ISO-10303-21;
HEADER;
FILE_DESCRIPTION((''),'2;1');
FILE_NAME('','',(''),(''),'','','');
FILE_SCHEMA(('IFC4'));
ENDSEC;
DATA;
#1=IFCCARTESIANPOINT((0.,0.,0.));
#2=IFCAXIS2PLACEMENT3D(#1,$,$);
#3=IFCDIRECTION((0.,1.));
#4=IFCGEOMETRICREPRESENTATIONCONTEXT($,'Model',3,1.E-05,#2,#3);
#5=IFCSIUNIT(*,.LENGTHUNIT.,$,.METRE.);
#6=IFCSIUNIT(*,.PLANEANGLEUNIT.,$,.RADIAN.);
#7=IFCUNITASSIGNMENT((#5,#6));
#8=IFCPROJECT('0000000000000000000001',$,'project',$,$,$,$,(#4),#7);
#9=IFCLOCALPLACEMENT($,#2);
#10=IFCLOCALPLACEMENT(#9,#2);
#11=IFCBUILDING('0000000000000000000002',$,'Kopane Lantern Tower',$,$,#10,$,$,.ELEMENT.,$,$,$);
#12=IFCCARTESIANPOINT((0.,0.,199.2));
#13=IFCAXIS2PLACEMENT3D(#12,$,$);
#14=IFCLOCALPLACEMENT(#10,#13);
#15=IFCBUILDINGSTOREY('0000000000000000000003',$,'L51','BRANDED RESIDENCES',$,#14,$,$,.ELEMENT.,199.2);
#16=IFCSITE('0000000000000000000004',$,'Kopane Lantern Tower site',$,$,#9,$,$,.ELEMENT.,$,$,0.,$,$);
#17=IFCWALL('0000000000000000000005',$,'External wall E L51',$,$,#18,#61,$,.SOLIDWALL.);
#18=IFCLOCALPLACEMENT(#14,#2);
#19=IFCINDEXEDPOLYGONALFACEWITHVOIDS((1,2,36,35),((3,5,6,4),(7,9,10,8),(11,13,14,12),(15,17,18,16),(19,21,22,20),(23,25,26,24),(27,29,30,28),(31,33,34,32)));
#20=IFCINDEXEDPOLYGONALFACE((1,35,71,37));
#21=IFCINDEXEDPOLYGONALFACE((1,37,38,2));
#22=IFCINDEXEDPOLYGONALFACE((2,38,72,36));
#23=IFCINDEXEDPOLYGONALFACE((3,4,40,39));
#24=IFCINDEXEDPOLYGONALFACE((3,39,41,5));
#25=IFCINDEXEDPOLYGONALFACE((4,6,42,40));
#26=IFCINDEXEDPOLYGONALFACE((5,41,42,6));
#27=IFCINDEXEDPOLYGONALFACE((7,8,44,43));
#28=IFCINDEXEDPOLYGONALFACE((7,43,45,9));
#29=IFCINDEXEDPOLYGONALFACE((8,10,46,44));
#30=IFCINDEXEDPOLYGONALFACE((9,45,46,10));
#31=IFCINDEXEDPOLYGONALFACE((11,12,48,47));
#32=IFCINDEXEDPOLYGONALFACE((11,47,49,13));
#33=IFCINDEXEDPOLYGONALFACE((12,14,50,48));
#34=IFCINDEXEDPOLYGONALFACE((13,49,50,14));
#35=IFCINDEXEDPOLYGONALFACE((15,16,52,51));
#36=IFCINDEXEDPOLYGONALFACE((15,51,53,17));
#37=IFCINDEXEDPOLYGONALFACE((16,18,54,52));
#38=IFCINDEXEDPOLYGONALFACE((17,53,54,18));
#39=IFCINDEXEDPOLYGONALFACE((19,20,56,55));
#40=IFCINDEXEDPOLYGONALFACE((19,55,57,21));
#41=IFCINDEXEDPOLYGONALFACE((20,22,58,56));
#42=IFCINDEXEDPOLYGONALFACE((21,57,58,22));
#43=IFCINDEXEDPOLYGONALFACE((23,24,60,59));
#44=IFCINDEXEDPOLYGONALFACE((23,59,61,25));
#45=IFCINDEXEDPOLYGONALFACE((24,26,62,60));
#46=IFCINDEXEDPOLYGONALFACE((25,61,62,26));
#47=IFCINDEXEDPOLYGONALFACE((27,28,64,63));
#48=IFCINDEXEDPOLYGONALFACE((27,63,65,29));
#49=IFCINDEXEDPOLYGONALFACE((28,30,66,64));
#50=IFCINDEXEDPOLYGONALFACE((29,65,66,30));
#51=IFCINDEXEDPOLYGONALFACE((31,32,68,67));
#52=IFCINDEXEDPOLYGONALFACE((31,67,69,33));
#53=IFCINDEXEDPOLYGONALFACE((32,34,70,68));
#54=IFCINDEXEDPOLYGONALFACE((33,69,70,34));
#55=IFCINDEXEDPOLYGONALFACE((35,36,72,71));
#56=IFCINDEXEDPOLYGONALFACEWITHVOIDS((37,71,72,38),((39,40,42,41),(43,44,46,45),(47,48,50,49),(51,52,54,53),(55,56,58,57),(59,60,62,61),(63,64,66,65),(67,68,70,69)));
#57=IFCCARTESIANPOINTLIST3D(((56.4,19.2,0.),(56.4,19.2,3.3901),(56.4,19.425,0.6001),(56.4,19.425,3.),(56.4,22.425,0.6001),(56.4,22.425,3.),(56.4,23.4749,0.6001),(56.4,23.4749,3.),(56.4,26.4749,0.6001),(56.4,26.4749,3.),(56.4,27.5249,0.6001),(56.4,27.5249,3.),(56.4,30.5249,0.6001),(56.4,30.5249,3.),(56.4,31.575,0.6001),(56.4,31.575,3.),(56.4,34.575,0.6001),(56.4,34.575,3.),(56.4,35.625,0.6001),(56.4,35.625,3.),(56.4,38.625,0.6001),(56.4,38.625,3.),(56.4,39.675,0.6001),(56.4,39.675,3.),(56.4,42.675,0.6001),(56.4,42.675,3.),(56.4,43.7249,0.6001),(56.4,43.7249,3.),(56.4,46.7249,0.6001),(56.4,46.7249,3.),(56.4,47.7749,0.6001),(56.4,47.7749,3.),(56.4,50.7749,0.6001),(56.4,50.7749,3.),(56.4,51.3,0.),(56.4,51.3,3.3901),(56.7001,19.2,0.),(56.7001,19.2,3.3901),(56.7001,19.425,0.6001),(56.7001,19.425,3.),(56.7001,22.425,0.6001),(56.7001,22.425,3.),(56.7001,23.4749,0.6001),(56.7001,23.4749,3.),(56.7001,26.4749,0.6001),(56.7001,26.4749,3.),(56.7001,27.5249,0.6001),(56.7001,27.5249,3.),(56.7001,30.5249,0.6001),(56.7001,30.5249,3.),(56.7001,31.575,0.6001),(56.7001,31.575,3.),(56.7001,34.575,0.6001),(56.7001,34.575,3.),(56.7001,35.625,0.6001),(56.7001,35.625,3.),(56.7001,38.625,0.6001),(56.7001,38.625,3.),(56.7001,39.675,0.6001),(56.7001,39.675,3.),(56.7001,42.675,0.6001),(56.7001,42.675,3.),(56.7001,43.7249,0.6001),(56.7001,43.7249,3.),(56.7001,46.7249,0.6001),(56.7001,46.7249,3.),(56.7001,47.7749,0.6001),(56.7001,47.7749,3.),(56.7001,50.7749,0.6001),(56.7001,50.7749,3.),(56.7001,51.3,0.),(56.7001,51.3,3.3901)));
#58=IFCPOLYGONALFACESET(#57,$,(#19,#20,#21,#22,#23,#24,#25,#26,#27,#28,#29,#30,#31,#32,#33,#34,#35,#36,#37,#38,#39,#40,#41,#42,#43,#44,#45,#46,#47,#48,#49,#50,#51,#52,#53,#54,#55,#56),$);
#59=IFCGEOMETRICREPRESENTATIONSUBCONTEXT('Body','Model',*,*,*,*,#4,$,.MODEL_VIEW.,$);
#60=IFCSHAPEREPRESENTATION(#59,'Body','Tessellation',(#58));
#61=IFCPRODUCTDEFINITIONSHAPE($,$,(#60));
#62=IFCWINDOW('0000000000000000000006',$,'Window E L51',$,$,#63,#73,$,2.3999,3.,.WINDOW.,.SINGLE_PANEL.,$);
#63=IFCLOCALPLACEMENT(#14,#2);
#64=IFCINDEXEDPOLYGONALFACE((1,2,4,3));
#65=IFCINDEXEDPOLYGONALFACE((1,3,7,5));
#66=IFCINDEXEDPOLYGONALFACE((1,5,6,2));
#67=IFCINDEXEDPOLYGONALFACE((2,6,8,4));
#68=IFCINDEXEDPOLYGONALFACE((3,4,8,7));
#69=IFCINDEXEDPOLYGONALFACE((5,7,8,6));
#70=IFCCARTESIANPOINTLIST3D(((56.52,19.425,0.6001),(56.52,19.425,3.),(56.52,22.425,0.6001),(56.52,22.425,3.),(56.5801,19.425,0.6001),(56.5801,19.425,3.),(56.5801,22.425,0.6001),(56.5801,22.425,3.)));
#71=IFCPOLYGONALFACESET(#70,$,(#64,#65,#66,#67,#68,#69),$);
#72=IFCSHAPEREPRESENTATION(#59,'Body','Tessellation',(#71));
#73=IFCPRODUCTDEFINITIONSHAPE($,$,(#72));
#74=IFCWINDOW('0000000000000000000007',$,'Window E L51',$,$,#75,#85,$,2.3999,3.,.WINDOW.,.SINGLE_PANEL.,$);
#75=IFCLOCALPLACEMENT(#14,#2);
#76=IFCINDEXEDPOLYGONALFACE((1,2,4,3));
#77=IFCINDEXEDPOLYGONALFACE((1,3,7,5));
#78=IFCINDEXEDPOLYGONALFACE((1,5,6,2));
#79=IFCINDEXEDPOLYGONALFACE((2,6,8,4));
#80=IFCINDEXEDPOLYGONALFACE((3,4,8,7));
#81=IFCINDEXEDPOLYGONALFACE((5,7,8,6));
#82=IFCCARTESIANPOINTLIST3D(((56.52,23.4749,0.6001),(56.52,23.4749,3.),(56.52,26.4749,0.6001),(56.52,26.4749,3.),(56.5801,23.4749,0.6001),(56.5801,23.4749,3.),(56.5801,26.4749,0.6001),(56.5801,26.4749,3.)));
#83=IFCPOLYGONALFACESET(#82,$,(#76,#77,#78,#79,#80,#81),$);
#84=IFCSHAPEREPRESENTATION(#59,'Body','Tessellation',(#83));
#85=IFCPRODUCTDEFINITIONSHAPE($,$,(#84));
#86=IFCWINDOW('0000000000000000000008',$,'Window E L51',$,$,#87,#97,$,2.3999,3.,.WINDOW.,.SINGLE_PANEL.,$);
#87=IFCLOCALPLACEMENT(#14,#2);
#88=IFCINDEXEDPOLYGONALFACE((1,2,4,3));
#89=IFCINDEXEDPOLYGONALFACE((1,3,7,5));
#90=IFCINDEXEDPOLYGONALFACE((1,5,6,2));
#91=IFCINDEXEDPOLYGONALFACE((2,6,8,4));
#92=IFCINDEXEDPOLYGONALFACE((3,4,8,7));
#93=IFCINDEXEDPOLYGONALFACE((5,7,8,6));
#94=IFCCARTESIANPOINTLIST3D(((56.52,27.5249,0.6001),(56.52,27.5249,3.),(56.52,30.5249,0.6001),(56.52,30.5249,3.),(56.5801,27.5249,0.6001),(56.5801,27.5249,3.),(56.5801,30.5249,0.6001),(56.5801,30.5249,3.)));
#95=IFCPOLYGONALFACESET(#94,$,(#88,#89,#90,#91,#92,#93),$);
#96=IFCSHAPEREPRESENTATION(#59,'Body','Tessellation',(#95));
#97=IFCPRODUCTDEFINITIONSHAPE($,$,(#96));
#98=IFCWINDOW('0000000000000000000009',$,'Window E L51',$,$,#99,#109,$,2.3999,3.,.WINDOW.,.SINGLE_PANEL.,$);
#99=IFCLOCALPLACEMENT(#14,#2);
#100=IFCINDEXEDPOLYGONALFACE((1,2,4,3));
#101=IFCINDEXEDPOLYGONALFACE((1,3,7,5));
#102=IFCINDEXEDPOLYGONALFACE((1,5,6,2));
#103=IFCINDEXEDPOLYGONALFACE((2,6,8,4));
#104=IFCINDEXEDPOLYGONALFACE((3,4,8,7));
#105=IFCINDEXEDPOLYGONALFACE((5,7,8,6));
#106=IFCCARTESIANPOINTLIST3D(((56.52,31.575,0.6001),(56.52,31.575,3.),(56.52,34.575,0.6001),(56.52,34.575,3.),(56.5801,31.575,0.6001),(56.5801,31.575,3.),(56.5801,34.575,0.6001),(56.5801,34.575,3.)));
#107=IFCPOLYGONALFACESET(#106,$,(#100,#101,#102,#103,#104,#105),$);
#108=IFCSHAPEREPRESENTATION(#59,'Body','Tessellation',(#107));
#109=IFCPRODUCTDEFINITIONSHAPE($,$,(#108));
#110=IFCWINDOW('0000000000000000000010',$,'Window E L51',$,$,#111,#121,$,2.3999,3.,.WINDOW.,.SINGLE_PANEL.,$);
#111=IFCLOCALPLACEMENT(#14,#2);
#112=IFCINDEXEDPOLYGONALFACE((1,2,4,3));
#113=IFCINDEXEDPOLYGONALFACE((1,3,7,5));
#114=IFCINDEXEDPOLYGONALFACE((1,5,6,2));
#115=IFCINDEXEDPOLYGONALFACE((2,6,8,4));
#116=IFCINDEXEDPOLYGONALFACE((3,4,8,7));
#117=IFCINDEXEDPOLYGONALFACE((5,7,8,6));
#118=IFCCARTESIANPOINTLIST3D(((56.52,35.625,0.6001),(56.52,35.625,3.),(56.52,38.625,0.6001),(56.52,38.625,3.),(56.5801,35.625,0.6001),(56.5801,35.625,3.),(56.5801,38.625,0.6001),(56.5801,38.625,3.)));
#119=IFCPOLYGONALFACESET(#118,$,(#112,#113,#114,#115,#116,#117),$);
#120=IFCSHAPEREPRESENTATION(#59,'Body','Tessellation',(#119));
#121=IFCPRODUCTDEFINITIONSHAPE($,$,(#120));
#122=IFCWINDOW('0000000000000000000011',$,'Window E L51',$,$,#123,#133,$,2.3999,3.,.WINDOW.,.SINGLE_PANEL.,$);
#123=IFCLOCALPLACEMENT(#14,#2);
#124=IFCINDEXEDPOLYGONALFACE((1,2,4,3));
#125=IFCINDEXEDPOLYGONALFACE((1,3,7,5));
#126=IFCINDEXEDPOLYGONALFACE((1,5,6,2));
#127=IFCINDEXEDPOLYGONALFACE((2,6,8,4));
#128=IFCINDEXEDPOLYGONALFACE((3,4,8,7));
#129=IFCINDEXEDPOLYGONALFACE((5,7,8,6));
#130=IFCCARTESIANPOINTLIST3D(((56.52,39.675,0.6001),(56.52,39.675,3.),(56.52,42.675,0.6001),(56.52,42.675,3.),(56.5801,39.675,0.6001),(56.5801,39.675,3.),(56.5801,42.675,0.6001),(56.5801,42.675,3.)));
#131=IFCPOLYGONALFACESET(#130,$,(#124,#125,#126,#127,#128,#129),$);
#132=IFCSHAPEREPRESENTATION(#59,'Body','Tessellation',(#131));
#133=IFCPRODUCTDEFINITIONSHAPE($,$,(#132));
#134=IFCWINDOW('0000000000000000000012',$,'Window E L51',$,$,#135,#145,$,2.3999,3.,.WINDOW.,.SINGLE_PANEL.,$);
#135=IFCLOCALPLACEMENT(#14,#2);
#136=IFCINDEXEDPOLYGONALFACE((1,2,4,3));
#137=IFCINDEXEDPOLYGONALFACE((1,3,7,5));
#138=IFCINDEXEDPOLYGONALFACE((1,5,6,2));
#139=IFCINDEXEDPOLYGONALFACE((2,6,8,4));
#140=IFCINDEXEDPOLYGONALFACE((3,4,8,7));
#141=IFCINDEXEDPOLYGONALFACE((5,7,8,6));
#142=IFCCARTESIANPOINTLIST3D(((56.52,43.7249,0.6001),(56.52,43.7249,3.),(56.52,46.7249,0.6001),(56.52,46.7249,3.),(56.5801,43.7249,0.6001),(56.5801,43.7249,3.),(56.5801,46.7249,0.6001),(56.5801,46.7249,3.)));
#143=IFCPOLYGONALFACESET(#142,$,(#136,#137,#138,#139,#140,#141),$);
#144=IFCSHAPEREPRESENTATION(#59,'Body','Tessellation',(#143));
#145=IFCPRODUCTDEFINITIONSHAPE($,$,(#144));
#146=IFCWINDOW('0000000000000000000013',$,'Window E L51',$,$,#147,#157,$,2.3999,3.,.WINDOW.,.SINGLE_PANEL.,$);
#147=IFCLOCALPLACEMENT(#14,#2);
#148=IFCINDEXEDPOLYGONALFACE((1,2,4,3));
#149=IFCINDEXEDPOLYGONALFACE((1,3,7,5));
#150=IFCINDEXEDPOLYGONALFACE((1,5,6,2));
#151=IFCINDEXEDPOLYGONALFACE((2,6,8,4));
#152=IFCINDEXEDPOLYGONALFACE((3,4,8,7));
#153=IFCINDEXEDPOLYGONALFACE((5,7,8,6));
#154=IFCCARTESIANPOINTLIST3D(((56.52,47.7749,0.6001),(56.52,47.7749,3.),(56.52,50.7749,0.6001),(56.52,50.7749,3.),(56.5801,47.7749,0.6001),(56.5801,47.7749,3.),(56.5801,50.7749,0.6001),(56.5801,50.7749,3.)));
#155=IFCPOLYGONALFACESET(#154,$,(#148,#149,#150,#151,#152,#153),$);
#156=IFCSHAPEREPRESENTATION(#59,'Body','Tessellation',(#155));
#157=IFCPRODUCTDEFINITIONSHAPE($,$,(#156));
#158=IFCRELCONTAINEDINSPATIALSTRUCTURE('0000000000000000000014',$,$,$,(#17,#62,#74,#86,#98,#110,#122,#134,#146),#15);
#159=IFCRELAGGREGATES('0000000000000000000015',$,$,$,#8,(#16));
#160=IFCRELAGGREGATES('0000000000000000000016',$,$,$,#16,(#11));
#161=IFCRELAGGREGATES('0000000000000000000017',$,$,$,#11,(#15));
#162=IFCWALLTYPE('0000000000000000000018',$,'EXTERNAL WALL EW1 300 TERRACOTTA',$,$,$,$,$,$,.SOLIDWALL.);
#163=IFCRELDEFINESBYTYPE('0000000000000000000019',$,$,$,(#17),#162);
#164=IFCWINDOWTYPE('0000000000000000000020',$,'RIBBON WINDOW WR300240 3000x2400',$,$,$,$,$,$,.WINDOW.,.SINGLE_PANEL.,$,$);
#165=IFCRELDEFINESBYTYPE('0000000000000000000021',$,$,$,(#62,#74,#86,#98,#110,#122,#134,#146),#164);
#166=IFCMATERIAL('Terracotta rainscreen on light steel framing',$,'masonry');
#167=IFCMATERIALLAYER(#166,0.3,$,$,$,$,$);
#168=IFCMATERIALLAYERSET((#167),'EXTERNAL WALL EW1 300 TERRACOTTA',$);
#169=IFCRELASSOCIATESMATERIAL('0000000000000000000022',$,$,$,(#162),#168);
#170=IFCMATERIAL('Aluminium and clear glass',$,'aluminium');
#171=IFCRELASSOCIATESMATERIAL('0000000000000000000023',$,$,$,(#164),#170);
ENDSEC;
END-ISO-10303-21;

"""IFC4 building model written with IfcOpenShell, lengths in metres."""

from ifc_helpers import new_model, si_unit, direction, frame, frame_2d, origin, place, context, subcontext, project, spatial, rectangle, extrude, material, layer, layer_set, type_object, element, fill, save


model = new_model("IFC4")

# Units and contexts
model_context = context("Model", 3, precision=1e-05, world=origin(), true_north=direction((0.0, 1.0)))
body_context = subcontext(model_context, "Body", "Model", "MODEL_VIEW")
ifc_project = project(units=[si_unit("LENGTHUNIT", "METRE"), si_unit("PLANEANGLEUNIT", "RADIAN")], contexts=[model_context])

# Site, building, storey
site_placement = place(None, origin())
site = spatial("IfcSite", under=ifc_project, at=site_placement, Name="Kopane Lantern Tower site", CompositionType="ELEMENT", RefElevation=0.0)
building_placement = place(site_placement, origin())
building = spatial("IfcBuilding", under=site, at=building_placement, Name="Kopane Lantern Tower", CompositionType="ELEMENT")
storey_placement = place(building_placement, frame((0.0, 0.0, 199.2)))
storey = spatial("IfcBuildingStorey", under=building, at=storey_placement, Name="L51", Description="BRANDED RESIDENCES", CompositionType="ELEMENT", Elevation=199.2)

# Wall, openings, windows
ifc_material_1 = material(Name="Terracotta rainscreen on light steel framing", Category="masonry")
ifc_layer_1 = layer(ifc_material_1, 0.3)
ifc_layer_set_1 = layer_set([ifc_layer_1], Name="EXTERNAL WALL EW1 300 TERRACOTTA")
wall_type_1 = type_object("IfcWallType", Name="EXTERNAL WALL EW1 300 TERRACOTTA", PredefinedType="SOLIDWALL", material=ifc_layer_set_1)
wall_1_placement = place(storey_placement, frame((56.55, 19.2, 0.0), z_axis=(0.0, 0.0, 1.0), x_axis=(0.0, 1.0, 0.0)))
wall_1 = element("IfcWall", 1, at=wall_1_placement, inside=storey, type_object=wall_type_1, Name="External wall E L51", PredefinedType="SOLIDWALL", context=body_context, shape_type="SweptSolid", body=[
    extrude(rectangle(XDim=32.1001, YDim=0.3, at=frame_2d((16.05, 0.0))), origin(), (0.0, 0.0, 1.0), 3.3901),
])
opening_1_placement = place(wall_1_placement, frame((0.2251, 0.0, 0.6001)))
opening_1 = element("IfcOpeningElement", 2, at=opening_1_placement, cuts=wall_1, PredefinedType="OPENING", context=body_context, shape_type="SweptSolid", body=[
    extrude(rectangle(XDim=3.0, YDim=2.3999, at=frame_2d((1.5, 1.2))), frame((0.0, 0.1599, 0.0), z_axis=(0.0, -1.0, 0.0), x_axis=(1.0, 0.0, 0.0)), (0.0, 0.0, 1.0), 0.3201),
])
opening_2_placement = place(wall_1_placement, frame((4.2749, 0.0, 0.6001)))
opening_2 = element("IfcOpeningElement", 3, at=opening_2_placement, cuts=wall_1, PredefinedType="OPENING", context=body_context, shape_type="SweptSolid", body=[
    extrude(rectangle(XDim=3.0, YDim=2.3999, at=frame_2d((1.5, 1.2))), frame((0.0, 0.1599, 0.0), z_axis=(0.0, -1.0, 0.0), x_axis=(1.0, 0.0, 0.0)), (0.0, 0.0, 1.0), 0.3201),
])
opening_3_placement = place(wall_1_placement, frame((8.325, 0.0, 0.6001)))
opening_3 = element("IfcOpeningElement", 4, at=opening_3_placement, cuts=wall_1, PredefinedType="OPENING", context=body_context, shape_type="SweptSolid", body=[
    extrude(rectangle(XDim=3.0, YDim=2.3999, at=frame_2d((1.5, 1.2))), frame((0.0, 0.1599, 0.0), z_axis=(0.0, -1.0, 0.0), x_axis=(1.0, 0.0, 0.0)), (0.0, 0.0, 1.0), 0.3201),
])
opening_4_placement = place(wall_1_placement, frame((12.375, 0.0, 0.6001)))
opening_4 = element("IfcOpeningElement", 5, at=opening_4_placement, cuts=wall_1, PredefinedType="OPENING", context=body_context, shape_type="SweptSolid", body=[
    extrude(rectangle(XDim=3.0, YDim=2.3999, at=frame_2d((1.5, 1.2))), frame((0.0, 0.1599, 0.0), z_axis=(0.0, -1.0, 0.0), x_axis=(1.0, 0.0, 0.0)), (0.0, 0.0, 1.0), 0.3201),
])
opening_5_placement = place(wall_1_placement, frame((16.425, 0.0, 0.6001)))
opening_5 = element("IfcOpeningElement", 6, at=opening_5_placement, cuts=wall_1, PredefinedType="OPENING", context=body_context, shape_type="SweptSolid", body=[
    extrude(rectangle(XDim=3.0, YDim=2.3999, at=frame_2d((1.5, 1.2))), frame((0.0, 0.1599, 0.0), z_axis=(0.0, -1.0, 0.0), x_axis=(1.0, 0.0, 0.0)), (0.0, 0.0, 1.0), 0.3201),
])
opening_6_placement = place(wall_1_placement, frame((20.4751, 0.0, 0.6001)))
opening_6 = element("IfcOpeningElement", 7, at=opening_6_placement, cuts=wall_1, PredefinedType="OPENING", context=body_context, shape_type="SweptSolid", body=[
    extrude(rectangle(XDim=3.0, YDim=2.3999, at=frame_2d((1.5, 1.2))), frame((0.0, 0.1599, 0.0), z_axis=(0.0, -1.0, 0.0), x_axis=(1.0, 0.0, 0.0)), (0.0, 0.0, 1.0), 0.3201),
])
opening_7_placement = place(wall_1_placement, frame((24.5249, 0.0, 0.6001)))
opening_7 = element("IfcOpeningElement", 8, at=opening_7_placement, cuts=wall_1, PredefinedType="OPENING", context=body_context, shape_type="SweptSolid", body=[
    extrude(rectangle(XDim=3.0, YDim=2.3999, at=frame_2d((1.5, 1.2))), frame((0.0, 0.1599, 0.0), z_axis=(0.0, -1.0, 0.0), x_axis=(1.0, 0.0, 0.0)), (0.0, 0.0, 1.0), 0.3201),
])
opening_8_placement = place(wall_1_placement, frame((28.575, 0.0, 0.6001)))
opening_8 = element("IfcOpeningElement", 9, at=opening_8_placement, cuts=wall_1, PredefinedType="OPENING", context=body_context, shape_type="SweptSolid", body=[
    extrude(rectangle(XDim=3.0, YDim=2.3999, at=frame_2d((1.5, 1.2))), frame((0.0, 0.1599, 0.0), z_axis=(0.0, -1.0, 0.0), x_axis=(1.0, 0.0, 0.0)), (0.0, 0.0, 1.0), 0.3201),
])
ifc_material_2 = material(Name="Aluminium and clear glass", Category="aluminium")
window_type = type_object("IfcWindowType", Name="RIBBON WINDOW WR300240 3000x2400", PartitioningType="SINGLE_PANEL", PredefinedType="WINDOW", material=ifc_material_2)
window_1_placement = place(opening_1_placement, origin())
window_1 = element("IfcWindow", 10, at=window_1_placement, inside=storey, type_object=window_type, Name="Window E L51", OverallHeight=2.3999, OverallWidth=3.0, PartitioningType="SINGLE_PANEL", PredefinedType="WINDOW", context=body_context, shape_type="SweptSolid", body=[
    extrude(rectangle(XDim=3.0, YDim=2.3999, at=frame_2d((1.5, 1.2))), frame((0.0, 0.03, 0.0), z_axis=(0.0, -1.0, 0.0), x_axis=(1.0, 0.0, 0.0)), (0.0, 0.0, 1.0), 0.0601),
])
fill(opening_1, window_1)
window_2_placement = place(opening_2_placement, origin())
window_2 = element("IfcWindow", 11, at=window_2_placement, inside=storey, type_object=window_type, Name="Window E L51", OverallHeight=2.3999, OverallWidth=3.0, PartitioningType="SINGLE_PANEL", PredefinedType="WINDOW", context=body_context, shape_type="SweptSolid", body=[
    extrude(rectangle(XDim=3.0, YDim=2.3999, at=frame_2d((1.5, 1.2))), frame((0.0, 0.03, 0.0), z_axis=(0.0, -1.0, 0.0), x_axis=(1.0, 0.0, 0.0)), (0.0, 0.0, 1.0), 0.0601),
])
fill(opening_2, window_2)
window_3_placement = place(opening_3_placement, origin())
window_3 = element("IfcWindow", 12, at=window_3_placement, inside=storey, type_object=window_type, Name="Window E L51", OverallHeight=2.3999, OverallWidth=3.0, PartitioningType="SINGLE_PANEL", PredefinedType="WINDOW", context=body_context, shape_type="SweptSolid", body=[
    extrude(rectangle(XDim=3.0, YDim=2.3999, at=frame_2d((1.5, 1.2))), frame((0.0, 0.03, 0.0), z_axis=(0.0, -1.0, 0.0), x_axis=(1.0, 0.0, 0.0)), (0.0, 0.0, 1.0), 0.0601),
])
fill(opening_3, window_3)
window_4_placement = place(opening_4_placement, origin())
window_4 = element("IfcWindow", 13, at=window_4_placement, inside=storey, type_object=window_type, Name="Window E L51", OverallHeight=2.3999, OverallWidth=3.0, PartitioningType="SINGLE_PANEL", PredefinedType="WINDOW", context=body_context, shape_type="SweptSolid", body=[
    extrude(rectangle(XDim=3.0, YDim=2.3999, at=frame_2d((1.5, 1.2))), frame((0.0, 0.03, 0.0), z_axis=(0.0, -1.0, 0.0), x_axis=(1.0, 0.0, 0.0)), (0.0, 0.0, 1.0), 0.0601),
])
fill(opening_4, window_4)
window_5_placement = place(opening_5_placement, origin())
window_5 = element("IfcWindow", 14, at=window_5_placement, inside=storey, type_object=window_type, Name="Window E L51", OverallHeight=2.3999, OverallWidth=3.0, PartitioningType="SINGLE_PANEL", PredefinedType="WINDOW", context=body_context, shape_type="SweptSolid", body=[
    extrude(rectangle(XDim=3.0, YDim=2.3999, at=frame_2d((1.5, 1.2))), frame((0.0, 0.03, 0.0), z_axis=(0.0, -1.0, 0.0), x_axis=(1.0, 0.0, 0.0)), (0.0, 0.0, 1.0), 0.0601),
])
fill(opening_5, window_5)
window_6_placement = place(opening_6_placement, origin())
window_6 = element("IfcWindow", 15, at=window_6_placement, inside=storey, type_object=window_type, Name="Window E L51", OverallHeight=2.3999, OverallWidth=3.0, PartitioningType="SINGLE_PANEL", PredefinedType="WINDOW", context=body_context, shape_type="SweptSolid", body=[
    extrude(rectangle(XDim=3.0, YDim=2.3999, at=frame_2d((1.5, 1.2))), frame((0.0, 0.03, 0.0), z_axis=(0.0, -1.0, 0.0), x_axis=(1.0, 0.0, 0.0)), (0.0, 0.0, 1.0), 0.0601),
])
fill(opening_6, window_6)
window_7_placement = place(opening_7_placement, origin())
window_7 = element("IfcWindow", 16, at=window_7_placement, inside=storey, type_object=window_type, Name="Window E L51", OverallHeight=2.3999, OverallWidth=3.0, PartitioningType="SINGLE_PANEL", PredefinedType="WINDOW", context=body_context, shape_type="SweptSolid", body=[
    extrude(rectangle(XDim=3.0, YDim=2.3999, at=frame_2d((1.5, 1.2))), frame((0.0, 0.03, 0.0), z_axis=(0.0, -1.0, 0.0), x_axis=(1.0, 0.0, 0.0)), (0.0, 0.0, 1.0), 0.0601),
])
fill(opening_7, window_7)
window_8_placement = place(opening_8_placement, origin())
window_8 = element("IfcWindow", 17, at=window_8_placement, inside=storey, type_object=window_type, Name="Window E L51", OverallHeight=2.3999, OverallWidth=3.0, PartitioningType="SINGLE_PANEL", PredefinedType="WINDOW", context=body_context, shape_type="SweptSolid", body=[
    extrude(rectangle(XDim=3.0, YDim=2.3999, at=frame_2d((1.5, 1.2))), frame((0.0, 0.03, 0.0), z_axis=(0.0, -1.0, 0.0), x_axis=(1.0, 0.0, 0.0)), (0.0, 0.0, 1.0), 0.0601),
])
fill(opening_8, window_8)

save(model, "model.ifc")
